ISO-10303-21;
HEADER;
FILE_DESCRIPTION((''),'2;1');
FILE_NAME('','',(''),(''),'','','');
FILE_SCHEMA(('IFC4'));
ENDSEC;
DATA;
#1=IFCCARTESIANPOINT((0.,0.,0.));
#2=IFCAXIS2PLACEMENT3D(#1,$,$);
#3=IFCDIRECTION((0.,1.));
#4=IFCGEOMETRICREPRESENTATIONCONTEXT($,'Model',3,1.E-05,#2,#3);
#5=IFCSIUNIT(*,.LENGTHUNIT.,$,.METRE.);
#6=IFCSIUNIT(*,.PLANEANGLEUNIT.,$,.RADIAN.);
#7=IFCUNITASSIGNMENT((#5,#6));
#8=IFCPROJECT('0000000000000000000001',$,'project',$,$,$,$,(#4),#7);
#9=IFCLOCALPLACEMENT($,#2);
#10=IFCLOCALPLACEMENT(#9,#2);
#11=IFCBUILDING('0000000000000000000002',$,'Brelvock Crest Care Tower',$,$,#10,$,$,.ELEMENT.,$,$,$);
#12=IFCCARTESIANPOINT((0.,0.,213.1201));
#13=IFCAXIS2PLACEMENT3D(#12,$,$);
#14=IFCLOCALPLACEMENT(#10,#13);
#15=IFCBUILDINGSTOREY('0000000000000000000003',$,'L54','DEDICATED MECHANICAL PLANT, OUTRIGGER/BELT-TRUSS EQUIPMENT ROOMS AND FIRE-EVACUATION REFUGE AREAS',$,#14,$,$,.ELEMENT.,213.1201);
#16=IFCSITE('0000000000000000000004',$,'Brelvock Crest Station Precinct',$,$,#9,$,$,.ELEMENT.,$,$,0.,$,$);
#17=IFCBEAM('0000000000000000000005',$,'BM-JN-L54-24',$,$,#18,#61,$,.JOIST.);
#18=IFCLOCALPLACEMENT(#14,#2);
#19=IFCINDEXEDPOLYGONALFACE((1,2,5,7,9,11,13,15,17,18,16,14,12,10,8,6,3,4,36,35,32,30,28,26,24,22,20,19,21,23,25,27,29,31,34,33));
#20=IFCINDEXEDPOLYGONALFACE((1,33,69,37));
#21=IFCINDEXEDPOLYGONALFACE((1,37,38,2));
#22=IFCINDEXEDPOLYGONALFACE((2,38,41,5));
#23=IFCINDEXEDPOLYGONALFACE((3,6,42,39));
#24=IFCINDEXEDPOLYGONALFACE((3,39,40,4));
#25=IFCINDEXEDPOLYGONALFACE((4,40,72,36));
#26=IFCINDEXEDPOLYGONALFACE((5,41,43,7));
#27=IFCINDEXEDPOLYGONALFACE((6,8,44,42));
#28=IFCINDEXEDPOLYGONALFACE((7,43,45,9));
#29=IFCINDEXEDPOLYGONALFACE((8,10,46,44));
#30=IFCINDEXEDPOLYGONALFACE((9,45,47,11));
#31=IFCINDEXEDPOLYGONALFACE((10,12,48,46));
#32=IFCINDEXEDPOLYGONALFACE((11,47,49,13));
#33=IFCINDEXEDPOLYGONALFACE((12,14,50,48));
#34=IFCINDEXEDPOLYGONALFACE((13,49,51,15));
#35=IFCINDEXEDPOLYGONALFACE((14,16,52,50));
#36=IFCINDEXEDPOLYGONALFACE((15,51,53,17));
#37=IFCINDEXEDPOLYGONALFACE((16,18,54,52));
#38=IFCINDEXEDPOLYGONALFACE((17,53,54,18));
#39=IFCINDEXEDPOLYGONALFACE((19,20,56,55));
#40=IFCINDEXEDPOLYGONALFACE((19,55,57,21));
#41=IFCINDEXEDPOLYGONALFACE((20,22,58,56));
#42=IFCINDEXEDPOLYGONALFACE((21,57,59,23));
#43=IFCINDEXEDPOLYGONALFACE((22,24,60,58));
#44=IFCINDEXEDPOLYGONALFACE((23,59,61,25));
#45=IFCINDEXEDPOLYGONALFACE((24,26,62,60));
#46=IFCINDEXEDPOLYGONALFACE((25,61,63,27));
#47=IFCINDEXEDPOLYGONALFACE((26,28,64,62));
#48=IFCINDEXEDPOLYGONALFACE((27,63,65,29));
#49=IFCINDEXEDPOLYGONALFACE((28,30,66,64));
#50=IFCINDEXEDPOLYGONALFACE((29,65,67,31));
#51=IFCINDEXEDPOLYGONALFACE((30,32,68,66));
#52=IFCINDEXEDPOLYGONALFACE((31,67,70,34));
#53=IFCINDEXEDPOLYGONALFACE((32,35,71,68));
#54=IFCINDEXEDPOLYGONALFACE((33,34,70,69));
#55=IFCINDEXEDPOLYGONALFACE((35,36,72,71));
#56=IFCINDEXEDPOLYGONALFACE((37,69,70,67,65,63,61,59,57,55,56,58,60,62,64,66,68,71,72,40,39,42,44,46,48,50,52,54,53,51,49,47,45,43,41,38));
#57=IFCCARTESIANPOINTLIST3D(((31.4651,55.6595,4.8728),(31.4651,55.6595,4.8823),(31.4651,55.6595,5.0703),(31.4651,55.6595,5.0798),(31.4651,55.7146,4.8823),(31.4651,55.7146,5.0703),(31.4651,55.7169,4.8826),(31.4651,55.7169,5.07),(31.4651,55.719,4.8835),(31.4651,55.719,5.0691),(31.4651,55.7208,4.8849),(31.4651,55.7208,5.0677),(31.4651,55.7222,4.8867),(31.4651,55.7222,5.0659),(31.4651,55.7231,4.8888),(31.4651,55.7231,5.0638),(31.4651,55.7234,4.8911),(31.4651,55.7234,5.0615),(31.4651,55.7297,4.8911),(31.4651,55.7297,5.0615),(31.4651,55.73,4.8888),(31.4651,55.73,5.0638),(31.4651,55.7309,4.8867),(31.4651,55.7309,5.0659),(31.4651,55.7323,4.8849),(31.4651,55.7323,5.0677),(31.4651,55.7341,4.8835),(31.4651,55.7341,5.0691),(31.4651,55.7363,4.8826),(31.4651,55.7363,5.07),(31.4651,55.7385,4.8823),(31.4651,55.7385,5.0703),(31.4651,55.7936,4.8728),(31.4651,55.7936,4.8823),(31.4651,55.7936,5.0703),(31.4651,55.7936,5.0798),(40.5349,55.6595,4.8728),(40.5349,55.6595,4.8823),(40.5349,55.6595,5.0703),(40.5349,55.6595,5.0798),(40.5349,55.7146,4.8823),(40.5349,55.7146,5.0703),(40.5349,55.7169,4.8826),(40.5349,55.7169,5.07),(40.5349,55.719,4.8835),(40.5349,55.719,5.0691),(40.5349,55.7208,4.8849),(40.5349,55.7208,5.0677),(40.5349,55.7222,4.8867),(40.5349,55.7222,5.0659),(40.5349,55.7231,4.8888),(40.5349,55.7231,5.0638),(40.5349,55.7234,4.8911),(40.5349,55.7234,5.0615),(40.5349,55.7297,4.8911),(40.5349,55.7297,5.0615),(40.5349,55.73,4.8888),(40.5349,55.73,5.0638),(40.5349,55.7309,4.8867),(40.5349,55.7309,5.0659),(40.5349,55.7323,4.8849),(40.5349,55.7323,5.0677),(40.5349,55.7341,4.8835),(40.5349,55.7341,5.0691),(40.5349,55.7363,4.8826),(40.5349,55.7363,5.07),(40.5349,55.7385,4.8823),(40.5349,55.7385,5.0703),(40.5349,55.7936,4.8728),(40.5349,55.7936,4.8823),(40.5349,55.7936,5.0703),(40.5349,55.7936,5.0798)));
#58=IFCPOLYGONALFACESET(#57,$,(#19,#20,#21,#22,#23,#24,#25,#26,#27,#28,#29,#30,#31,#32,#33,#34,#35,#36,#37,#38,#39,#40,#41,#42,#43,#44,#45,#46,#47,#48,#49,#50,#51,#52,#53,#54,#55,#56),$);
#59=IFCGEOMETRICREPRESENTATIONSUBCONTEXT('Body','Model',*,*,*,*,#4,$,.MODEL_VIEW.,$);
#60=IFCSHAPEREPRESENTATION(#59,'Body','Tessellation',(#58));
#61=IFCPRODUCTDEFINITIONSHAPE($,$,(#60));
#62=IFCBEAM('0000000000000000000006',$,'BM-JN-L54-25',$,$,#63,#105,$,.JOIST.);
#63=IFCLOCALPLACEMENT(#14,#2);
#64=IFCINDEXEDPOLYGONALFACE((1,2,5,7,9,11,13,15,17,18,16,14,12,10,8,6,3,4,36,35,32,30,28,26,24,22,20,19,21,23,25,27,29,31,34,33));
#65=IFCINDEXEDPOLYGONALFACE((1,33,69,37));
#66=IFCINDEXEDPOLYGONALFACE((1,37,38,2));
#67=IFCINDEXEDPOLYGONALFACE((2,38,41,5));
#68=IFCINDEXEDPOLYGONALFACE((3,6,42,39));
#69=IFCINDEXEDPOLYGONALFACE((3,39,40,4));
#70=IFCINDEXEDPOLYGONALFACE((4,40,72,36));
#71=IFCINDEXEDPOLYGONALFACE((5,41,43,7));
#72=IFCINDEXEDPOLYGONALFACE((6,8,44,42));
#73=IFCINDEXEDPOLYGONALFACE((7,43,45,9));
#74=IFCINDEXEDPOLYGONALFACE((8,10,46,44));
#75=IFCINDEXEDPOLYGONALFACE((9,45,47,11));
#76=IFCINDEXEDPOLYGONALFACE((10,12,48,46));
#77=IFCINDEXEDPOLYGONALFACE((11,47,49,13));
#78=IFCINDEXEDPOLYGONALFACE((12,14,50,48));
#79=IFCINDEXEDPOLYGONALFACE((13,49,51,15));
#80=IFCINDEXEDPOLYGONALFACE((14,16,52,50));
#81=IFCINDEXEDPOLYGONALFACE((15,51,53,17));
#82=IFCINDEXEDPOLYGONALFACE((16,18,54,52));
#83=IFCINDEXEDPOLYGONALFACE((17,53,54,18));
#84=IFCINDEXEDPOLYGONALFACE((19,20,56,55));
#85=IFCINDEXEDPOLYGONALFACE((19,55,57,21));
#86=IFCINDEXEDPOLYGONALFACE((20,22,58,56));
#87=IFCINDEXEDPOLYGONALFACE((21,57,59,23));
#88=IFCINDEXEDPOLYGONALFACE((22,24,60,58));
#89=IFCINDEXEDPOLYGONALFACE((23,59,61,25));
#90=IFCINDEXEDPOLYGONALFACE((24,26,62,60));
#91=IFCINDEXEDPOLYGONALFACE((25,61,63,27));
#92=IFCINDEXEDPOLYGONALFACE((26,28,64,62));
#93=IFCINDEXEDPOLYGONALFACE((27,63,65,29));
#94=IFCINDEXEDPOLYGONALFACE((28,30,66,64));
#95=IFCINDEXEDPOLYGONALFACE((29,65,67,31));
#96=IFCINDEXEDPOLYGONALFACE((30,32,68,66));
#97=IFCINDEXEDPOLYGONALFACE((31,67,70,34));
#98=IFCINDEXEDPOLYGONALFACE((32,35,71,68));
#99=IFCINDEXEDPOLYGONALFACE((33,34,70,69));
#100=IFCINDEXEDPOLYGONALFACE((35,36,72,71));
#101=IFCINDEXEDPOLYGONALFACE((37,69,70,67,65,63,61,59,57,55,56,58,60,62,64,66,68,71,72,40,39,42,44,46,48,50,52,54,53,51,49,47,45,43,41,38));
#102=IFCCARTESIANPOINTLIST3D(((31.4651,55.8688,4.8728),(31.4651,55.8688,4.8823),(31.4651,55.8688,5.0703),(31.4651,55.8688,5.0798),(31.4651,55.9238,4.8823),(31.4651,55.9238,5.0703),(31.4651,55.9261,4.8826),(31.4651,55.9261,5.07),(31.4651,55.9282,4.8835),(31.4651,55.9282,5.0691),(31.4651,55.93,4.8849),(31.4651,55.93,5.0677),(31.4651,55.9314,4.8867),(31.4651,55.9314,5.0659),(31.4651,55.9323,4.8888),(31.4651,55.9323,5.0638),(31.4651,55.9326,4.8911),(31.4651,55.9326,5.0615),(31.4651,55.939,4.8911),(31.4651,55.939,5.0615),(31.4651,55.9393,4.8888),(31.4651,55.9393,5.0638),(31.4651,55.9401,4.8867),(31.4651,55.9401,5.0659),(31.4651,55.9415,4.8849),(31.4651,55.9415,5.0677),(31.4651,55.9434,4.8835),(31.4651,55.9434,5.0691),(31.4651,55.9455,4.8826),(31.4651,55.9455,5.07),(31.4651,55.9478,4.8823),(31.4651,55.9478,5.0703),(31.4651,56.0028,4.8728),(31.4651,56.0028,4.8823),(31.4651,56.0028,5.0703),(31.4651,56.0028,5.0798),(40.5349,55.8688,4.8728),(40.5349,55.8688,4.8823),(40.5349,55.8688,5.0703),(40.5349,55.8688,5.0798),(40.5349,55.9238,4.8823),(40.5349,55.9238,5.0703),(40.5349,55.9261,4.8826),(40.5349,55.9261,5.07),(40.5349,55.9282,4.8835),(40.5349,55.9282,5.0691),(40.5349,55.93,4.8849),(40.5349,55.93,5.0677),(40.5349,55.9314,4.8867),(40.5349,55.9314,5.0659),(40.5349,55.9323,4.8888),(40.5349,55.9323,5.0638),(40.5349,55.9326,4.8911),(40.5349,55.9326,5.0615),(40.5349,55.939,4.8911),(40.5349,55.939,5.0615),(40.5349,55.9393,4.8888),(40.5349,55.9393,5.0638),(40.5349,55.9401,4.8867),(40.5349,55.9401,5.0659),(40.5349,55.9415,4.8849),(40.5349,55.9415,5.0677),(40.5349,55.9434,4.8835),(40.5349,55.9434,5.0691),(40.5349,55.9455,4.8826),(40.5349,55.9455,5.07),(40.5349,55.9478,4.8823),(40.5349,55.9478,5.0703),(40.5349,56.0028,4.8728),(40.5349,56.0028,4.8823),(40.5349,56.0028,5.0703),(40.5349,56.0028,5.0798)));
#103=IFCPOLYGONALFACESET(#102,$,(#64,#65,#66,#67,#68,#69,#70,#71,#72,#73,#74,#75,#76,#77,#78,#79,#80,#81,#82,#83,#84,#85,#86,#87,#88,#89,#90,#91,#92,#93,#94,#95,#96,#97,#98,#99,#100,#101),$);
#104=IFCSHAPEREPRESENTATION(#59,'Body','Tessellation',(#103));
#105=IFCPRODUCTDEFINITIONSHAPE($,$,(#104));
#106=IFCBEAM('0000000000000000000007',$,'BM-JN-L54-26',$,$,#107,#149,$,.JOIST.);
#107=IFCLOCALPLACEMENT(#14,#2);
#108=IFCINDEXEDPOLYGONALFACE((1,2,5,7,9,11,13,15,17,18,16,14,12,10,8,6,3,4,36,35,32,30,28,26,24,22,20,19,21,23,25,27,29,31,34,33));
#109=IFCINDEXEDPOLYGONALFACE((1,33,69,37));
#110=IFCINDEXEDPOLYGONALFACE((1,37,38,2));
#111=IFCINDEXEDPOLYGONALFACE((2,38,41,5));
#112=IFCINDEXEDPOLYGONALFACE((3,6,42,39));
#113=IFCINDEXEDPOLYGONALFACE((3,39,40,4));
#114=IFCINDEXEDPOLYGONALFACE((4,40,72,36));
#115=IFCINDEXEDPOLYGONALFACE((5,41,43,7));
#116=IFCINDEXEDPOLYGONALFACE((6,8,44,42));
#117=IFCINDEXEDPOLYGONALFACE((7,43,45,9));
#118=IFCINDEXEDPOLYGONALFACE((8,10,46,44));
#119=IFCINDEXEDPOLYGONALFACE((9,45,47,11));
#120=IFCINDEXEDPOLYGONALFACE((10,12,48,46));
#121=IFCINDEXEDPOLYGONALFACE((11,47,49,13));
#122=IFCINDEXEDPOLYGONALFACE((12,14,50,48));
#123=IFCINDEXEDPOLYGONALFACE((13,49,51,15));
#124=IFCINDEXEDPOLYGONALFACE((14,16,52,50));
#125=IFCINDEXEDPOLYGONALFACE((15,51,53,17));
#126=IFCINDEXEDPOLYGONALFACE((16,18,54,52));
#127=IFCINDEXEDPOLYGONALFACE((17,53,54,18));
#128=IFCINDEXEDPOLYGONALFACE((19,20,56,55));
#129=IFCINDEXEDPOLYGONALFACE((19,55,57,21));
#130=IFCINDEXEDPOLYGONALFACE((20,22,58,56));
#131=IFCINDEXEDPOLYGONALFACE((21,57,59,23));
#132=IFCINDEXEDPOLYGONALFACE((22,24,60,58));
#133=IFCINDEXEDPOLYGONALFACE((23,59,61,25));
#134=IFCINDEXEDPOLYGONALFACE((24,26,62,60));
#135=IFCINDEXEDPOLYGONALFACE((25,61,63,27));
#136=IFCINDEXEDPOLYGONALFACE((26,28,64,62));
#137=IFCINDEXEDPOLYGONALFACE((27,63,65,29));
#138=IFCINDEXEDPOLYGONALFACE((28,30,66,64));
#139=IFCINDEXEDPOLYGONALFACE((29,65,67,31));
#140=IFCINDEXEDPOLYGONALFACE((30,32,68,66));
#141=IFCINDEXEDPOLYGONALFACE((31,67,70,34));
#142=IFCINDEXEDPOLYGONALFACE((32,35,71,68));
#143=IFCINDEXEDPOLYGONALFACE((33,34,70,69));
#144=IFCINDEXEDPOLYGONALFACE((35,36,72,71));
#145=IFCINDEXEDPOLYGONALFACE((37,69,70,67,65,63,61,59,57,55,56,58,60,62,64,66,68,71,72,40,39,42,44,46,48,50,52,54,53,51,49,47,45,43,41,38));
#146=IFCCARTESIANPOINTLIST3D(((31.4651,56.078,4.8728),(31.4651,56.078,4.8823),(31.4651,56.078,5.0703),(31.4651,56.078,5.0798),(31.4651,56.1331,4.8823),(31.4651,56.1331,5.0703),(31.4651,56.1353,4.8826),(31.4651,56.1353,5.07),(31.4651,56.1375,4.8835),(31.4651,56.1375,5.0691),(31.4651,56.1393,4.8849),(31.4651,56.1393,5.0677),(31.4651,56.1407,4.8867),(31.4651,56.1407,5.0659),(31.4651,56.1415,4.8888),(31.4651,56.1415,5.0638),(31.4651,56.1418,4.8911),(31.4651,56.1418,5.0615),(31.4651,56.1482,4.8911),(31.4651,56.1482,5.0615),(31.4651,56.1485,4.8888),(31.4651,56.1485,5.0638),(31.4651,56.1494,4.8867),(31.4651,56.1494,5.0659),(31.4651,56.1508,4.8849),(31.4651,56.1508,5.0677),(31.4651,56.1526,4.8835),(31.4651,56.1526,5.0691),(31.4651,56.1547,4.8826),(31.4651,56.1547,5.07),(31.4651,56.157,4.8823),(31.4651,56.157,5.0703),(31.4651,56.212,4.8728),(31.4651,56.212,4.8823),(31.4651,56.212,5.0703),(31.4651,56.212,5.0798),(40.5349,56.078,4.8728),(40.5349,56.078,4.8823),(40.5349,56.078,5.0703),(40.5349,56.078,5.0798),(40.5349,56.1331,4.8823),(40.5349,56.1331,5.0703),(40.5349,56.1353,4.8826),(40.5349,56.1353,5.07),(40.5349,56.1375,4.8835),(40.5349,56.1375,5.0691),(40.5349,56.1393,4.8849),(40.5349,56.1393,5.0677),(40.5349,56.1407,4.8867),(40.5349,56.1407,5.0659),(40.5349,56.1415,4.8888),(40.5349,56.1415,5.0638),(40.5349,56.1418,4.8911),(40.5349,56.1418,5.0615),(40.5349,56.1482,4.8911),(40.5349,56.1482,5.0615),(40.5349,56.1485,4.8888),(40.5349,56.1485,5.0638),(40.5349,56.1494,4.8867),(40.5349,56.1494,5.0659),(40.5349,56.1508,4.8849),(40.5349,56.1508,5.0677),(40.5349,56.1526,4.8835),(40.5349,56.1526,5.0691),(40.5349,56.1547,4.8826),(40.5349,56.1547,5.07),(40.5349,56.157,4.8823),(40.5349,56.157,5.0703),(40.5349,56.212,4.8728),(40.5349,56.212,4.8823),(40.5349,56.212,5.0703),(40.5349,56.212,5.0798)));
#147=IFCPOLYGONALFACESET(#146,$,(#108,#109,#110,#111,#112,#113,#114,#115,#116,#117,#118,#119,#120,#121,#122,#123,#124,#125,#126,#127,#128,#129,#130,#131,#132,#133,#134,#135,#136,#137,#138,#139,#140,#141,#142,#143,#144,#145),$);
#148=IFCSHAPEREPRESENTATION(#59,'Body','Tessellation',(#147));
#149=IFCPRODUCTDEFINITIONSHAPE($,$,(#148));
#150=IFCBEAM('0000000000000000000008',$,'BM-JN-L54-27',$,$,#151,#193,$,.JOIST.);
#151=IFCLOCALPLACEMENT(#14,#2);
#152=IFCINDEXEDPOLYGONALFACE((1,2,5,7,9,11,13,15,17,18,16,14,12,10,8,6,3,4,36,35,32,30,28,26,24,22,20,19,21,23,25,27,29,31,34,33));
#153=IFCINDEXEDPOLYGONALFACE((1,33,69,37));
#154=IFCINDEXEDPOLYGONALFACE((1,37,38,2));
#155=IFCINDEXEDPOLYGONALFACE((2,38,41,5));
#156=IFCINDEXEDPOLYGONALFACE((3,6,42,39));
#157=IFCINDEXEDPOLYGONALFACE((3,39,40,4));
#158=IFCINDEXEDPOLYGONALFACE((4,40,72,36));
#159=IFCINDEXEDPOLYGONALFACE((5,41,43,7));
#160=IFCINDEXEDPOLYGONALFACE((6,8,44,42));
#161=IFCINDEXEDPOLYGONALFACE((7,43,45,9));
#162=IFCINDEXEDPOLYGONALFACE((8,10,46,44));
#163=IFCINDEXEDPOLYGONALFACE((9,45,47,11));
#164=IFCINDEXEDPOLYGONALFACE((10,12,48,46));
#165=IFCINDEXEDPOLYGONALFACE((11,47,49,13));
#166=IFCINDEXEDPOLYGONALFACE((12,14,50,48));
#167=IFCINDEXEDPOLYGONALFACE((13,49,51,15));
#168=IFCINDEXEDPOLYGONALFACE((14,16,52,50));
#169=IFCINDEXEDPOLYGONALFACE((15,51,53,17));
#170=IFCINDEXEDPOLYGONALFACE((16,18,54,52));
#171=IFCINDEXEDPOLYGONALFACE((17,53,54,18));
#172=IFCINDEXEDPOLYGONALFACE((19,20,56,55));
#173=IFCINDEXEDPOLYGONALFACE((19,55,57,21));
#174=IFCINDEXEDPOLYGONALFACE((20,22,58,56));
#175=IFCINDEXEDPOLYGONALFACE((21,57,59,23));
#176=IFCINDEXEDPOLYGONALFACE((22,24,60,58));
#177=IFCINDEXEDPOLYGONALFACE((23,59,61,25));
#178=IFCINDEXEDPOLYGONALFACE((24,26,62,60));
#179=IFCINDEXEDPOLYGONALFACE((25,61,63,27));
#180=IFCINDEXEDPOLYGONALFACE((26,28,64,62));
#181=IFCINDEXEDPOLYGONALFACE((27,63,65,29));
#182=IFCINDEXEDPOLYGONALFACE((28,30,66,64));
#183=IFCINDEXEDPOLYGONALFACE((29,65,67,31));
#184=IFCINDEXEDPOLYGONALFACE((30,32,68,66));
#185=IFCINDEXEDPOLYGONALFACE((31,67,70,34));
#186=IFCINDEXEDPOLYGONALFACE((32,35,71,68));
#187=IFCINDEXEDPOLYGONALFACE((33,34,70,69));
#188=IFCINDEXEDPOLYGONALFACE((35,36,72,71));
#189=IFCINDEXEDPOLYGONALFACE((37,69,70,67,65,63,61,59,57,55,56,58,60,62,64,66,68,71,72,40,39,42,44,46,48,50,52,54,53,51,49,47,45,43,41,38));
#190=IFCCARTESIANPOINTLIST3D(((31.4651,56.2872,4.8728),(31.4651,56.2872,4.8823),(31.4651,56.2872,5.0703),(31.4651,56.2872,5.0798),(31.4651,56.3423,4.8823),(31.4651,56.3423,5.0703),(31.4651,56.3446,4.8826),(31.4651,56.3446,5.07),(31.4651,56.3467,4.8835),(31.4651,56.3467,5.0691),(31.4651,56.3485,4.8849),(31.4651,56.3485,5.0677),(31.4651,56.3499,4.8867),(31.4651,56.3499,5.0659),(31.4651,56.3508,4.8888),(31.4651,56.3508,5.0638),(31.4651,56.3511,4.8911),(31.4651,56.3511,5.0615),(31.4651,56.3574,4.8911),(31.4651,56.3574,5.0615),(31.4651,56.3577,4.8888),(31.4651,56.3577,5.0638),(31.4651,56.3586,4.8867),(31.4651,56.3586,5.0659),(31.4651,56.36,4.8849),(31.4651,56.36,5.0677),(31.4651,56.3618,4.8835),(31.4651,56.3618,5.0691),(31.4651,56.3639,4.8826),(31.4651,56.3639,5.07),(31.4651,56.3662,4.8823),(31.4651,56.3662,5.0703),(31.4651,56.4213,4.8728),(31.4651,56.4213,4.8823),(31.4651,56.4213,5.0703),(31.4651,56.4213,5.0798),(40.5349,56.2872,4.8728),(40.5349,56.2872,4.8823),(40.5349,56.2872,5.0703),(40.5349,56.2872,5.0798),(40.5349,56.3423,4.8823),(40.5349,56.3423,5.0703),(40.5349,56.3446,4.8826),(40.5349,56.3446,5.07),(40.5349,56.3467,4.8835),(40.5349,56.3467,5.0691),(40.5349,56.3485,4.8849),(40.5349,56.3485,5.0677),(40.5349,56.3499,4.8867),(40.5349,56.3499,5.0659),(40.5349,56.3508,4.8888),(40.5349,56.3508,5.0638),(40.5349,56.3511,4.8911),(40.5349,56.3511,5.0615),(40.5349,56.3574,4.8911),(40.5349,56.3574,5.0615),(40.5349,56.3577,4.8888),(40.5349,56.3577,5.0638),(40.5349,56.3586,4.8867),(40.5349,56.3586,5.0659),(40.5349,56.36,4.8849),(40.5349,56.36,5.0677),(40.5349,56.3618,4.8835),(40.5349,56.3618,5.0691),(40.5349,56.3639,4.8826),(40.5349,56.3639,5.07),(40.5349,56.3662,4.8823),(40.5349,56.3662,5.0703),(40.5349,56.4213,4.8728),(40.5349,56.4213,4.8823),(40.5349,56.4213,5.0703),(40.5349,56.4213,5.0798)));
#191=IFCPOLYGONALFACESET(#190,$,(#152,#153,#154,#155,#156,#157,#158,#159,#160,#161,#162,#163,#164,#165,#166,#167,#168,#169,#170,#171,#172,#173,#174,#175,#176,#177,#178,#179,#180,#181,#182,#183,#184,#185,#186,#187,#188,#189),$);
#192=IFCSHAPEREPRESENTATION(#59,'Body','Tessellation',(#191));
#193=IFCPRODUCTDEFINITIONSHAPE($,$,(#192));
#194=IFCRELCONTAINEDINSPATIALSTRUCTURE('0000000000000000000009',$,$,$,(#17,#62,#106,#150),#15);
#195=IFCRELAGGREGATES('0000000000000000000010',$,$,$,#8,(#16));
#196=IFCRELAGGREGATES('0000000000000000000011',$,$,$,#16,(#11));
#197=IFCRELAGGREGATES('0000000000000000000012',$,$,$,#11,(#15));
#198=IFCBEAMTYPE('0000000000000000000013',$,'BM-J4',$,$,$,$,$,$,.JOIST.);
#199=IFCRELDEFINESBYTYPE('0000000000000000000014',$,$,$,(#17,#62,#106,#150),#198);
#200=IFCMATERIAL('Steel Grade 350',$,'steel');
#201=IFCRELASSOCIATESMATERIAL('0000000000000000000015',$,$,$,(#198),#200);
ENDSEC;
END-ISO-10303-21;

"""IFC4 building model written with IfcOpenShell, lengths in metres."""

from ifc_helpers import new_model, si_unit, direction, frame, origin, origin_2d, place, context, subcontext, project, spatial, i_section, extrude, source, transform, mapped, material, material_profile, profile_set, type_object, element, save


model = new_model("IFC4")

# Units and contexts
model_context = context("Model", 3, precision=1e-05, world=origin(), true_north=direction((0.0, 1.0)))
body_context = subcontext(model_context, "Body", "Model", "MODEL_VIEW")
ifc_project = project(units=[si_unit("LENGTHUNIT", "METRE"), si_unit("PLANEANGLEUNIT", "RADIAN")], contexts=[model_context])

# Site, building, storey
site_placement = place(None, origin())
site = spatial("IfcSite", under=ifc_project, at=site_placement, Name="Brelvock Crest Station Precinct", CompositionType="ELEMENT", RefElevation=0.0)
building_placement = place(site_placement, origin())
building = spatial("IfcBuilding", under=site, at=building_placement, Name="Brelvock Crest Care Tower", CompositionType="ELEMENT")
storey_placement = place(building_placement, frame((0.0, 0.0, 213.1201)))
storey = spatial("IfcBuildingStorey", under=building, at=storey_placement, Name="L54", Description="DEDICATED MECHANICAL PLANT, OUTRIGGER/BELT-TRUSS EQUIPMENT ROOMS AND FIRE-EVACUATION REFUGE AREAS", CompositionType="ELEMENT", Elevation=213.1201)

# Shared definitions
ifc_material_1 = material(Name="Steel Grade 350", Category="steel")

# Beams
ifc_material_profile_1 = material_profile(ifc_material_1, i_section(OverallWidth=0.134, OverallDepth=0.207, WebThickness=0.0063, FlangeThickness=0.0095, FilletRadius=0.0088, at=origin_2d()), Name="200UB29.8")
ifc_profile_set_1 = profile_set([ifc_material_profile_1], Name="Steel Grade 350")
beam_type_1 = type_object("IfcBeamType", Name="BM-J4", PredefinedType="JOIST", material=ifc_profile_set_1)
shared_shape_1 = source(origin(), body_context, "Body", "SweptSolid", [
    extrude(i_section(OverallWidth=0.134, OverallDepth=0.207, WebThickness=0.0063, FlangeThickness=0.0095, FilletRadius=0.0088, at=origin_2d()), origin(), (0.0, 0.0, 1.0), 9.0698),
])
for number, where, z_axis, x_axis, name in (
    (1, (31.4651, 55.7266, 4.9763), (1.0, 0.0, 0.0), (0.0, 1.0, 0.0), "BM-JN-L54-24"),
    (2, (31.4651, 55.9358, 4.9763), (1.0, 0.0, 0.0), (0.0, 1.0, 0.0), "BM-JN-L54-25"),
    (3, (31.4651, 56.145, 4.9763), (1.0, 0.0, 0.0), (0.0, 1.0, 0.0), "BM-JN-L54-26"),
    (4, (31.4651, 56.3542, 4.9763), (1.0, 0.0, 0.0), (0.0, 1.0, 0.0), "BM-JN-L54-27"),
):
    element("IfcBeam", number, at=place(storey_placement, frame(where, z_axis=z_axis, x_axis=x_axis)), inside=storey, type_object=beam_type_1, Name=name, PredefinedType="JOIST", context=body_context, shape_type="MappedRepresentation", body=[
        mapped(shared_shape_1, transform((0.0, 0.0, 0.0), x_axis=(1.0, 0.0, 0.0), y_axis=(0.0, 1.0, 0.0), z_axis=(0.0, 0.0, 1.0), scale=1.0)),
    ])

save(model, "model.ifc")
